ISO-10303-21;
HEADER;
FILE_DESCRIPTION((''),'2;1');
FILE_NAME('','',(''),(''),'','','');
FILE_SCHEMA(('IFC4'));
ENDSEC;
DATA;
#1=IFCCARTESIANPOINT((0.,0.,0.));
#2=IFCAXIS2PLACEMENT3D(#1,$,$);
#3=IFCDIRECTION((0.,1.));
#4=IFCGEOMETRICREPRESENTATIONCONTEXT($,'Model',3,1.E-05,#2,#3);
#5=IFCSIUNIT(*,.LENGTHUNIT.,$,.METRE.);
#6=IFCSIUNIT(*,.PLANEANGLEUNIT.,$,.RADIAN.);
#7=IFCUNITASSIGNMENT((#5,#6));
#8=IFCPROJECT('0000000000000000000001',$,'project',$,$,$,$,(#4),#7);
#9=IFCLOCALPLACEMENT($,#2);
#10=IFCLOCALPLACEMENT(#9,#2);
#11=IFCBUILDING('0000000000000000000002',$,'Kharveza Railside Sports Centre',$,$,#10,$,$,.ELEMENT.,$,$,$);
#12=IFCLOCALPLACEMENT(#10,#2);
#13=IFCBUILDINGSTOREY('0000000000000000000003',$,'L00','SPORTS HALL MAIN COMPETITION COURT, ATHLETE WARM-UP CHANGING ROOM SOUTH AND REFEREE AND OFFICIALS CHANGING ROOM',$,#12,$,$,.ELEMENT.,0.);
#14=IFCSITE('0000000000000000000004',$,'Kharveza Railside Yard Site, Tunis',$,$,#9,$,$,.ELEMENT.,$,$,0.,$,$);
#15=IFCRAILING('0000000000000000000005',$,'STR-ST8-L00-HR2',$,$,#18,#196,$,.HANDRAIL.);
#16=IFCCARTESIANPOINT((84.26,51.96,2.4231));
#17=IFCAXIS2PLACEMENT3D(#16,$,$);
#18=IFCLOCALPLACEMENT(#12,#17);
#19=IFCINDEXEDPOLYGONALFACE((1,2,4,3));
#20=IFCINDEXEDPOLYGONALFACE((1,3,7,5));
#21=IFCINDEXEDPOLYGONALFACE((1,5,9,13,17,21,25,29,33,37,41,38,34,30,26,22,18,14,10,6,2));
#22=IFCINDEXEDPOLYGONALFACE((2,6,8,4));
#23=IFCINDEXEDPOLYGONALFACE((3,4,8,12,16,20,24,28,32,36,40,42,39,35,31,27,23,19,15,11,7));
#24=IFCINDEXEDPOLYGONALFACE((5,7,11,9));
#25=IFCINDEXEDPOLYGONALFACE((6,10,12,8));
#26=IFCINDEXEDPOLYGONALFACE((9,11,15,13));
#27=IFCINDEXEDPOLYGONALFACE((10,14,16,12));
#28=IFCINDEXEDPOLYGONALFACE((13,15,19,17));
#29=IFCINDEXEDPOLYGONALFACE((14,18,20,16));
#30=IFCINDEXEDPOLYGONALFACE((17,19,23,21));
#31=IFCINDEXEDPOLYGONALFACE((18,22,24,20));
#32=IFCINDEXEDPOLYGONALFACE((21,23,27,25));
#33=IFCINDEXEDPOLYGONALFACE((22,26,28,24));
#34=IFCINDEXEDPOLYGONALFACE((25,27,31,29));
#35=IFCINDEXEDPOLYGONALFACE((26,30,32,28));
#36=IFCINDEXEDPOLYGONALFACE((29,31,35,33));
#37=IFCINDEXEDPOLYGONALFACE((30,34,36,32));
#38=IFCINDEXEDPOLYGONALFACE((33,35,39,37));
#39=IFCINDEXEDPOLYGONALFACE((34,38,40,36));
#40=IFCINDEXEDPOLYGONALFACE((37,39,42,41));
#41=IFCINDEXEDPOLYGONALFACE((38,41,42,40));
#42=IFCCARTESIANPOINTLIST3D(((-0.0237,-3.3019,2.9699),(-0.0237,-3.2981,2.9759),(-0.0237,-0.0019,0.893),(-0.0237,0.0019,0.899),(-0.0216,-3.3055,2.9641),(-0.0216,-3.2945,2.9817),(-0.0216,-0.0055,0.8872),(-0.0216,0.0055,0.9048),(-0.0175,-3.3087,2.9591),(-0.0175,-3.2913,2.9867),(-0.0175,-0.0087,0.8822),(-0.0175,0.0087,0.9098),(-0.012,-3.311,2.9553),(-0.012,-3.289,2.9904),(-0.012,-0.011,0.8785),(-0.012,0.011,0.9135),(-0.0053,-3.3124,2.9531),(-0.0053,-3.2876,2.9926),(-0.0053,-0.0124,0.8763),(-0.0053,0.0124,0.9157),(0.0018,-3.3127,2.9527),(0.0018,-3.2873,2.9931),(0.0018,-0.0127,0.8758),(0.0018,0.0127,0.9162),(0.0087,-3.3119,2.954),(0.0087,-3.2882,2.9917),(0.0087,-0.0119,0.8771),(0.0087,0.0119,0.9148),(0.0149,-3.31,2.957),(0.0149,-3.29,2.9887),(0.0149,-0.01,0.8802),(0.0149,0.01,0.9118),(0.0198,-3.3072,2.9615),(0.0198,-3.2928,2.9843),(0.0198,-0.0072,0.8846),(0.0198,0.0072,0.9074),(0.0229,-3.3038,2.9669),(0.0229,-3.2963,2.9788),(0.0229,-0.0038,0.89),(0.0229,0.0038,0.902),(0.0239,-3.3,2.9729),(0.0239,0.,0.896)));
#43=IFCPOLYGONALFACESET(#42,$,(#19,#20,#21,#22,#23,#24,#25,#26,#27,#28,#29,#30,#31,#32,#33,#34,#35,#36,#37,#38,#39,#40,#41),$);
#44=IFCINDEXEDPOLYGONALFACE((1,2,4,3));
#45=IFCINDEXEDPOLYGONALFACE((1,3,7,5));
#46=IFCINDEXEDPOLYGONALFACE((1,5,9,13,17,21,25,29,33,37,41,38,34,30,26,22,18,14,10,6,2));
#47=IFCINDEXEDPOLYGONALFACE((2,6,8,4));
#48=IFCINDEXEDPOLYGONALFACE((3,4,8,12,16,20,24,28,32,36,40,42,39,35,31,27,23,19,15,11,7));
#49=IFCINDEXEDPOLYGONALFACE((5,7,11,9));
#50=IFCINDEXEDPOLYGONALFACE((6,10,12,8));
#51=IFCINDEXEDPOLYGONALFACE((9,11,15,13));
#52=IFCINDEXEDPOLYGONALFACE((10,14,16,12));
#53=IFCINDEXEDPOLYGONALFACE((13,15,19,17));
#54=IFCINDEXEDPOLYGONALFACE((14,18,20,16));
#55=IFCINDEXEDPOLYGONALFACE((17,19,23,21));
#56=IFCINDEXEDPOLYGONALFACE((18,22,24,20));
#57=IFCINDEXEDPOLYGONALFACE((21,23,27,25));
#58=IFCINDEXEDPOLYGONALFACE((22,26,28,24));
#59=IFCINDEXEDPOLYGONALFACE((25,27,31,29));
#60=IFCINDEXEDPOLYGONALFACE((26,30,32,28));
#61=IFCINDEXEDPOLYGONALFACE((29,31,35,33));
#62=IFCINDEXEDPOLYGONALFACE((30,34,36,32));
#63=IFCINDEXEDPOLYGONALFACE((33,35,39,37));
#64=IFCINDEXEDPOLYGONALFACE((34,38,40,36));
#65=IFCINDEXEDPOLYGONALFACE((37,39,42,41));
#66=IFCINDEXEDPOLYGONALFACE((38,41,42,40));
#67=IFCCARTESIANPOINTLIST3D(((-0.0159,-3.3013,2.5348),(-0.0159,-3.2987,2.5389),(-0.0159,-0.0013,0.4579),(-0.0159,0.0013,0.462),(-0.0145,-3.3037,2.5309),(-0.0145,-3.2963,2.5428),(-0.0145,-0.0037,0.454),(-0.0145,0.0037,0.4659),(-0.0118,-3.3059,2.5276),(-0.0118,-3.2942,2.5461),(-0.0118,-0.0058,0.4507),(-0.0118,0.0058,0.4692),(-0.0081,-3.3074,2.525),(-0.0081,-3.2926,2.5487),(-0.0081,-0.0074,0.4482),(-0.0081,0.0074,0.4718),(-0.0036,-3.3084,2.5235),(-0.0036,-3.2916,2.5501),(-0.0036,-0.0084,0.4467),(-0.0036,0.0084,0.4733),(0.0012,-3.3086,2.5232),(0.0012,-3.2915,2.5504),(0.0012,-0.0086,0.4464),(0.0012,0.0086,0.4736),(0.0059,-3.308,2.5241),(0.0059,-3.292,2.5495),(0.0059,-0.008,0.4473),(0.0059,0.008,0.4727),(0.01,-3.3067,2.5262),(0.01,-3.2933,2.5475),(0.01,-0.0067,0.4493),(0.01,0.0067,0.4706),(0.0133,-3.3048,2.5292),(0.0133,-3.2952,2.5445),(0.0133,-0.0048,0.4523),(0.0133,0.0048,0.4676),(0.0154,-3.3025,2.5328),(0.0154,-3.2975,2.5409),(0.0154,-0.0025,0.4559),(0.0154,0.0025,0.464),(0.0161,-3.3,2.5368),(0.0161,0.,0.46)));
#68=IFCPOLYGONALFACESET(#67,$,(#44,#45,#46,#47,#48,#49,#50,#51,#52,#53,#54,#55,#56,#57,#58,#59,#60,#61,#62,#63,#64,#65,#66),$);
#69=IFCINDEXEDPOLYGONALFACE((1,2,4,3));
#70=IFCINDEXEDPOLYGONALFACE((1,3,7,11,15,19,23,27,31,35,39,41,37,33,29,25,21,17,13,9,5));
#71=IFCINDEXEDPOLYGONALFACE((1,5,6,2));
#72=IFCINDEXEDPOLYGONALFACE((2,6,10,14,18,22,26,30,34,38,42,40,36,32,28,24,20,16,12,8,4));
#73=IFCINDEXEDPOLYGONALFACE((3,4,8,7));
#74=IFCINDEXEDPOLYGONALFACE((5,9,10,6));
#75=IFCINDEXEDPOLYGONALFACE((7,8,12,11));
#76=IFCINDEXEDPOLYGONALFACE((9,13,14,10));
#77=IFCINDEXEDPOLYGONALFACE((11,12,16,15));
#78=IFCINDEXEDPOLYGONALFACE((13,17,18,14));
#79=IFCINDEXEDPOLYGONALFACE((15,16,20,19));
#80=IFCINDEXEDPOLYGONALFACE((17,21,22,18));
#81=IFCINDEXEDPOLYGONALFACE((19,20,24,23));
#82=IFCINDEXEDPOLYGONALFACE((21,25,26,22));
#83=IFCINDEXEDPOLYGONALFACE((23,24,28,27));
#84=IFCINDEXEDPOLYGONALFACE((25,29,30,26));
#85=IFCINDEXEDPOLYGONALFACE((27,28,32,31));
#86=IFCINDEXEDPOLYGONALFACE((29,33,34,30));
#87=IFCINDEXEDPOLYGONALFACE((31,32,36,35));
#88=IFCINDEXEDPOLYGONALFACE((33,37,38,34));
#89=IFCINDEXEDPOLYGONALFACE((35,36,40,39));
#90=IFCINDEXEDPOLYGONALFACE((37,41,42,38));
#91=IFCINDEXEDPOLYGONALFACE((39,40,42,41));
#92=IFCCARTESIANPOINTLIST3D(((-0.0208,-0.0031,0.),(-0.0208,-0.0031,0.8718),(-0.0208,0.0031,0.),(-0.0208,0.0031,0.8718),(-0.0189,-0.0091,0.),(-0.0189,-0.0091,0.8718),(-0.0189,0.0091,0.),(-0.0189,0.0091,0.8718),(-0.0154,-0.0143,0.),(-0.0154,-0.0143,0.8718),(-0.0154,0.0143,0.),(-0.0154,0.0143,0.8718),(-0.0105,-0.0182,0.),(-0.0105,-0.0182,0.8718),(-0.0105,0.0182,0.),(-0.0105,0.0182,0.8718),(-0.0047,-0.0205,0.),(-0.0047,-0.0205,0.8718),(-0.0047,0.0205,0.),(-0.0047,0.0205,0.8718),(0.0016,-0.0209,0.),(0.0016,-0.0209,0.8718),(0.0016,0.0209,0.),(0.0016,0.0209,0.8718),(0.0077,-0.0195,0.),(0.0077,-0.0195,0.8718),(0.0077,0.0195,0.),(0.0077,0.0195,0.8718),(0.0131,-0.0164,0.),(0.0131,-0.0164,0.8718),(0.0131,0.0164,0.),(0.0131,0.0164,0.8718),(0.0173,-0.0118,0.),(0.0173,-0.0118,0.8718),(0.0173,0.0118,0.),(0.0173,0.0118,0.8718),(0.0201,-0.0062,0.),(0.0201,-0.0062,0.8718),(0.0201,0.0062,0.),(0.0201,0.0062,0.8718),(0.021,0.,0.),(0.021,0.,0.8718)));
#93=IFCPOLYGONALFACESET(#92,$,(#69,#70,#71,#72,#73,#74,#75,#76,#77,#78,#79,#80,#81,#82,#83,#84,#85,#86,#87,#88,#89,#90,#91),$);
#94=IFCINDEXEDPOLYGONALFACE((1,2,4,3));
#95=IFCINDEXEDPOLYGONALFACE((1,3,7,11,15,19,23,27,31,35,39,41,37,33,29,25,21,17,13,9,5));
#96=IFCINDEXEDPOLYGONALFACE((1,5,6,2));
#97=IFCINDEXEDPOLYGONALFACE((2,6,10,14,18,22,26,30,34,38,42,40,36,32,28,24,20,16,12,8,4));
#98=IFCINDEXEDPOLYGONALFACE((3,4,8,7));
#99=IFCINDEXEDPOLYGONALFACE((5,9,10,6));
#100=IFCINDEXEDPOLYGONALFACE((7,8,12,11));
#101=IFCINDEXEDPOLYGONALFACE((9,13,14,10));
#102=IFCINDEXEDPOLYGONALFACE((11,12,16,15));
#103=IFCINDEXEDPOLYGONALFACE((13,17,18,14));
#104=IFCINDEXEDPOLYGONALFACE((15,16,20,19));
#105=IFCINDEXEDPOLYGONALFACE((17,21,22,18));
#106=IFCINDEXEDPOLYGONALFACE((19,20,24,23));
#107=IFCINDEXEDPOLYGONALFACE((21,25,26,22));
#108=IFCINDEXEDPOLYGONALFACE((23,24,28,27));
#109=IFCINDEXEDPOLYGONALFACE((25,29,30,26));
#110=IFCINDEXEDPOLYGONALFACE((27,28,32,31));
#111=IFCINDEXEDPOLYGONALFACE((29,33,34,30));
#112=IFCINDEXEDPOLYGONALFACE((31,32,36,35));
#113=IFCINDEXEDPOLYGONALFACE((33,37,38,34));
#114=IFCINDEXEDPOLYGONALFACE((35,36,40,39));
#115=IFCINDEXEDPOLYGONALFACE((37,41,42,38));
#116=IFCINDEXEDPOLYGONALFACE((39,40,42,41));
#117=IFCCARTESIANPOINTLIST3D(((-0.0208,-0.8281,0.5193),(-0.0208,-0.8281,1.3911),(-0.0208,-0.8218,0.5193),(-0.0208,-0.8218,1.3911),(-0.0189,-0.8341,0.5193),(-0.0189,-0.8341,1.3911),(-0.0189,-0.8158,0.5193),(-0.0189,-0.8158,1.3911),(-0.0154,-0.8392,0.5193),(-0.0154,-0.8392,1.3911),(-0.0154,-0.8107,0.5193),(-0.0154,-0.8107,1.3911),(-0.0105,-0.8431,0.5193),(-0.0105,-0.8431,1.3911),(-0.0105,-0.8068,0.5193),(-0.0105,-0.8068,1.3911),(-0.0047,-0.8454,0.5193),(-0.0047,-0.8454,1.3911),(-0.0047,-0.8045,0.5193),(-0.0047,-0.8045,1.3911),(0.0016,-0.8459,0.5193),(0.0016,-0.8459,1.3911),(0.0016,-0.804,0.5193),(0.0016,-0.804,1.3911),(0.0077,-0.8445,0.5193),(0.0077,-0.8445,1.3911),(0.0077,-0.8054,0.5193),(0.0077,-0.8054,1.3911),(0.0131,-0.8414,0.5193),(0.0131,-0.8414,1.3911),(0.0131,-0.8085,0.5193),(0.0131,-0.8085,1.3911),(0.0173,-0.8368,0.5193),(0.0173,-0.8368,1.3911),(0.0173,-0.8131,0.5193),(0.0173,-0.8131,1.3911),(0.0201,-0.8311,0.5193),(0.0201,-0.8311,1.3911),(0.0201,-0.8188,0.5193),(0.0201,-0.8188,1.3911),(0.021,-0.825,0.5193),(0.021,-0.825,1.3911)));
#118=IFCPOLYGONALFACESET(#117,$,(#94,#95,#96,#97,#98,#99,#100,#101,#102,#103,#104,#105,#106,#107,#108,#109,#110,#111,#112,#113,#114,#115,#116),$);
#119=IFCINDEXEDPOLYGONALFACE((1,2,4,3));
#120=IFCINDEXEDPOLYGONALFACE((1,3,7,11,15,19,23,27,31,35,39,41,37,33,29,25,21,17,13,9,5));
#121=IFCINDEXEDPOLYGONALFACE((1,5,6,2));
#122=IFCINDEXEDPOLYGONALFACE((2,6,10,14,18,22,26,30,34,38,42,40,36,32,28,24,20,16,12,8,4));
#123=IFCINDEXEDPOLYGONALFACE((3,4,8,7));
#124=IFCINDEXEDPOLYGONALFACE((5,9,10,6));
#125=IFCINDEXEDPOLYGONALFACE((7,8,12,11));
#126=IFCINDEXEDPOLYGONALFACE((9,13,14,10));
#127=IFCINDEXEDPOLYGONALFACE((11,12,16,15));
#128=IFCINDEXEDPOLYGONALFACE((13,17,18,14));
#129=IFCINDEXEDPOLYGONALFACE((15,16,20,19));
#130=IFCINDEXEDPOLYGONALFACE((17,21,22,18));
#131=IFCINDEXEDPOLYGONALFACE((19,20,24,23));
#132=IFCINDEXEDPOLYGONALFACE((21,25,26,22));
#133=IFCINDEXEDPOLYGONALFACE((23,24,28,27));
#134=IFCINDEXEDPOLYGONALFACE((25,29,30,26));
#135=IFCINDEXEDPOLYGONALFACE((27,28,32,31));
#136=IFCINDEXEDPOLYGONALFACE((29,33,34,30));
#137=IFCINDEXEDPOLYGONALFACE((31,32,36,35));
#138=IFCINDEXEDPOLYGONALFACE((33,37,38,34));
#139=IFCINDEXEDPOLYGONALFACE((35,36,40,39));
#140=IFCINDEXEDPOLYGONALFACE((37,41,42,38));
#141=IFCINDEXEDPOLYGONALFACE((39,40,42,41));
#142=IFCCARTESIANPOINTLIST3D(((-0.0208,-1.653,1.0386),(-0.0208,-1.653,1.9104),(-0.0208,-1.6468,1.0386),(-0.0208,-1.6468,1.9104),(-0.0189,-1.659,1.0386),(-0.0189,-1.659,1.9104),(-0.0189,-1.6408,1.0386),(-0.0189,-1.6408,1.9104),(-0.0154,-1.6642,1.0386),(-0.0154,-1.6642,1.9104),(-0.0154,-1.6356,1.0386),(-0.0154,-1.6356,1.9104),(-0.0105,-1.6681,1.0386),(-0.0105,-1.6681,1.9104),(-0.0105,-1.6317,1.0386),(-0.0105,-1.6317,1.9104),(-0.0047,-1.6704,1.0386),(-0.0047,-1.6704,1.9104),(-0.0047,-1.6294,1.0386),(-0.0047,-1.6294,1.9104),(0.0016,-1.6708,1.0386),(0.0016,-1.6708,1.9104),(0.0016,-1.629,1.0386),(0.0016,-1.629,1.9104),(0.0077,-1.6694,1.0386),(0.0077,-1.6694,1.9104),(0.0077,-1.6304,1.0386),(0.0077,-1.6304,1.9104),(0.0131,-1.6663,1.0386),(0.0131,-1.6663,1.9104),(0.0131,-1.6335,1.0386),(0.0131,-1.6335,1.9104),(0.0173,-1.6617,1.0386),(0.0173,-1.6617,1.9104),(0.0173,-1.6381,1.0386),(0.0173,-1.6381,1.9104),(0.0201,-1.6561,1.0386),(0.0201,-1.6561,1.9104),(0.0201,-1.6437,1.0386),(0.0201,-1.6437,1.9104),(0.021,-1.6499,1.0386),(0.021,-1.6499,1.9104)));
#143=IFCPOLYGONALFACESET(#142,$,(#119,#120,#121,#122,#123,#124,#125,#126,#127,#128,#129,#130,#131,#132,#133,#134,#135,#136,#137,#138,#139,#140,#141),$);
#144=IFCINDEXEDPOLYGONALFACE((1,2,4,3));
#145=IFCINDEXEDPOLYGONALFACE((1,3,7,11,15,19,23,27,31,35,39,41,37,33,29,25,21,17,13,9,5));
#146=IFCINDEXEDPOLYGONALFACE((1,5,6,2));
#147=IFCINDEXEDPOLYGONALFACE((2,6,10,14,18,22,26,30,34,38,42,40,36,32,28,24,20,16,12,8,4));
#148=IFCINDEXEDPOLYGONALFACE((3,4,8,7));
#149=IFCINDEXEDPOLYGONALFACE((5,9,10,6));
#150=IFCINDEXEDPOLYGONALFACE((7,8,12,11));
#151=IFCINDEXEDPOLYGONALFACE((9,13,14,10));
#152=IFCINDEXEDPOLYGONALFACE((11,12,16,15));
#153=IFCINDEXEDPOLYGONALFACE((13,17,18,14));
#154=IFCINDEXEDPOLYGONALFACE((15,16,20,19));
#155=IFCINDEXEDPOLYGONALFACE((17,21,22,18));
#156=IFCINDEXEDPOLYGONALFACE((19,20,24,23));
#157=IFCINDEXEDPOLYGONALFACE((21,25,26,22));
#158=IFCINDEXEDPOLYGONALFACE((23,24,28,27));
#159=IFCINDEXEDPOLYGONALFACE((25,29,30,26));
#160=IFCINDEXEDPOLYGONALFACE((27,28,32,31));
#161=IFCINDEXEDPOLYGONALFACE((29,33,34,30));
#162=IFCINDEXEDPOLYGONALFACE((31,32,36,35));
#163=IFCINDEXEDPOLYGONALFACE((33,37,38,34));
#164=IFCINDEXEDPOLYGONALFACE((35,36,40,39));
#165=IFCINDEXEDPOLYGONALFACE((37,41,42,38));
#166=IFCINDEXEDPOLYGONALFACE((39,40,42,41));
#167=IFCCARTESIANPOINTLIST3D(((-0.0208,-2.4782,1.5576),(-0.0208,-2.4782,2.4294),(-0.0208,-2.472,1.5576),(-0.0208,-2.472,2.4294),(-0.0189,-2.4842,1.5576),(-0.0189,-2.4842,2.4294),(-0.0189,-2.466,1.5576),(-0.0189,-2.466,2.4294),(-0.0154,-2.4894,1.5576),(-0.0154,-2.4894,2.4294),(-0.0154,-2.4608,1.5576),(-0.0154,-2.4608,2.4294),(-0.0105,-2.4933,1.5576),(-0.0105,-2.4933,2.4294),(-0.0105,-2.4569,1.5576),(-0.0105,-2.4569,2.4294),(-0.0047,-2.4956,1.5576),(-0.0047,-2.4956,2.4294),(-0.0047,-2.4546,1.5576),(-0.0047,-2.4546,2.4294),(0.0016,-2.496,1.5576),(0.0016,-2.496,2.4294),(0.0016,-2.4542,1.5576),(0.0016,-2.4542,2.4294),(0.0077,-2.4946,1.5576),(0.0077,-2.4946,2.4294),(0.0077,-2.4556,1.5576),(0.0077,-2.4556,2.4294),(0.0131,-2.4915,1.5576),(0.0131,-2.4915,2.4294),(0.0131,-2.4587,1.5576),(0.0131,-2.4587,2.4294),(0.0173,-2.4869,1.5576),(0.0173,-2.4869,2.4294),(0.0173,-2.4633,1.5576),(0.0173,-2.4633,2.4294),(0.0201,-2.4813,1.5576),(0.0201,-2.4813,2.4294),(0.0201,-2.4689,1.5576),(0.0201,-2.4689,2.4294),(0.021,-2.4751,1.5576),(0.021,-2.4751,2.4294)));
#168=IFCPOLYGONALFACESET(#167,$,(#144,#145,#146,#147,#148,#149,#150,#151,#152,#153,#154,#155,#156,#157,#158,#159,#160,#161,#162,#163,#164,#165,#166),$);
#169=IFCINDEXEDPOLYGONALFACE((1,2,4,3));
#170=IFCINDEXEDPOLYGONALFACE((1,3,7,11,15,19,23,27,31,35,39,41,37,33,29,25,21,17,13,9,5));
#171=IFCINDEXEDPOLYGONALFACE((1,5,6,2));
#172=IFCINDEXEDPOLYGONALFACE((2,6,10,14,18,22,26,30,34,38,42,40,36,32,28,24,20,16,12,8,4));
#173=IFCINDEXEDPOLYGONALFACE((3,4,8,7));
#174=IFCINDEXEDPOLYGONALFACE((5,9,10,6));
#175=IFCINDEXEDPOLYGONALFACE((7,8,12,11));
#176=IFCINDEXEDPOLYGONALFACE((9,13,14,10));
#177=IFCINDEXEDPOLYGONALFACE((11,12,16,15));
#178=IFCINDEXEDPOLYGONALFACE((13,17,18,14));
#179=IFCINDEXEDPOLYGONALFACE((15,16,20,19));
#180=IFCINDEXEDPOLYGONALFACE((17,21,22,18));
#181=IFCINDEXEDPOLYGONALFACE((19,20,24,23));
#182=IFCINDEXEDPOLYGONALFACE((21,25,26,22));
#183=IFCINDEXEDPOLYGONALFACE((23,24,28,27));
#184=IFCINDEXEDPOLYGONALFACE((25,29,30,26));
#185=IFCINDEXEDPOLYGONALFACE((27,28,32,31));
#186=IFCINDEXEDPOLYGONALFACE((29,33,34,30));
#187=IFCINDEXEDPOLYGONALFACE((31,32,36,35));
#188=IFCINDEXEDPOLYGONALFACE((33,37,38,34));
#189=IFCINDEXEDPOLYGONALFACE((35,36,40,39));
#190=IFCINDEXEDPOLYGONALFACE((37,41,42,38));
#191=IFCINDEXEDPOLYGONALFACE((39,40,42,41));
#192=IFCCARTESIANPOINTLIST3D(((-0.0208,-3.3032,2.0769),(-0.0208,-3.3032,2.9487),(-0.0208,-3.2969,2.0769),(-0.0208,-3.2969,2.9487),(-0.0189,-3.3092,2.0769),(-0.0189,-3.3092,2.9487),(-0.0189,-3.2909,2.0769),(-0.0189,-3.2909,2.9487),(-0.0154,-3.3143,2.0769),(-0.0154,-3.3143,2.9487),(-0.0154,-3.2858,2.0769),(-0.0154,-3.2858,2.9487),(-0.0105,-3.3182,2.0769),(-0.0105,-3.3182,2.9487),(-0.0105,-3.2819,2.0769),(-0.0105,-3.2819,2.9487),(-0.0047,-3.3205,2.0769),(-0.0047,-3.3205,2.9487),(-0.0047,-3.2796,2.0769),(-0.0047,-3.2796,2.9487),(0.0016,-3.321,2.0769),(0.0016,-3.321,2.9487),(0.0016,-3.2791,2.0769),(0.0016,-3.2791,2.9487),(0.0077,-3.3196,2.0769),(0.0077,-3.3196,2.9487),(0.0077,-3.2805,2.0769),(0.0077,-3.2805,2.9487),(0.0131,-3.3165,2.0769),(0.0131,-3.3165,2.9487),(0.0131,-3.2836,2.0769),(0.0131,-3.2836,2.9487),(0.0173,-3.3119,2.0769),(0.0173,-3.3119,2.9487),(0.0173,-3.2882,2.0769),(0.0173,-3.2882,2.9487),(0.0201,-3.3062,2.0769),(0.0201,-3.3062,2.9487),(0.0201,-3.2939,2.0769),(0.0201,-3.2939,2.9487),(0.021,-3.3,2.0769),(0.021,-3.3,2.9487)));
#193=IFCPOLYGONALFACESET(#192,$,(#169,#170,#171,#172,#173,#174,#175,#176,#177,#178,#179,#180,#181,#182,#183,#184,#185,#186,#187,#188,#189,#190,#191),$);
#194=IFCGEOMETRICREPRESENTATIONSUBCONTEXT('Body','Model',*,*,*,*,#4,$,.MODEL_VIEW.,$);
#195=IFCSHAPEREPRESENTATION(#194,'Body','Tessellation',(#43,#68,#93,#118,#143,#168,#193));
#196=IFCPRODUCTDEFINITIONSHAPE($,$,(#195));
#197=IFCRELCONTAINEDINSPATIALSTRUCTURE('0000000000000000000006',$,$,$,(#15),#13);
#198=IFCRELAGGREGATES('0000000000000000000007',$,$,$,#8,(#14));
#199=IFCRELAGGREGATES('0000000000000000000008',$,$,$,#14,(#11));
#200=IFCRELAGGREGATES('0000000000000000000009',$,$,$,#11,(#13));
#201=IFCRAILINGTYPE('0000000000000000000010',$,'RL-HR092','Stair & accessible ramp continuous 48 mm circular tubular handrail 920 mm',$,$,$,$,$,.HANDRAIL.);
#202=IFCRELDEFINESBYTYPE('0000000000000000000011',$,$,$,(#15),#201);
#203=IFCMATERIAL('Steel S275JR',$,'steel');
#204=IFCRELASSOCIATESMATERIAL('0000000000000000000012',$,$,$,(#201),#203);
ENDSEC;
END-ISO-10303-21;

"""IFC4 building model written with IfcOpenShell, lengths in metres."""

from ifc_helpers import new_model, si_unit, direction, frame, origin, origin_2d, place, context, subcontext, project, spatial, circle, extrude, material, type_object, element, save


model = new_model("IFC4")

# Units and contexts
model_context = context("Model", 3, precision=1e-05, world=origin(), true_north=direction((0.0, 1.0)))
body_context = subcontext(model_context, "Body", "Model", "MODEL_VIEW")
ifc_project = project(units=[si_unit("LENGTHUNIT", "METRE"), si_unit("PLANEANGLEUNIT", "RADIAN")], contexts=[model_context])

# Site, building, storey
site_placement = place(None, origin())
site = spatial("IfcSite", under=ifc_project, at=site_placement, Name="Kharveza Railside Yard Site, Tunis", CompositionType="ELEMENT", RefElevation=0.0)
building_placement = place(site_placement, origin())
building = spatial("IfcBuilding", under=site, at=building_placement, Name="Kharveza Railside Sports Centre", CompositionType="ELEMENT")
storey_placement = place(building_placement, origin())
storey = spatial("IfcBuildingStorey", under=building, at=storey_placement, Name="L00", Description="SPORTS HALL MAIN COMPETITION COURT, ATHLETE WARM-UP CHANGING ROOM SOUTH AND REFEREE AND OFFICIALS CHANGING ROOM", CompositionType="ELEMENT", Elevation=0.0)

# Railing
ifc_material_1 = material(Name="Steel S275JR", Category="steel")
railing_type_1 = type_object("IfcRailingType", Name="RL-HR092", Description="Stair & accessible ramp continuous 48 mm circular tubular handrail 920 mm", PredefinedType="HANDRAIL", material=ifc_material_1)
railing_1_placement = place(storey_placement, frame((84.26, 51.96, 2.4231)))
element("IfcRailing", 1, at=railing_1_placement, inside=storey, type_object=railing_type_1, Name="STR-ST8-L00-HR2", PredefinedType="HANDRAIL", context=body_context, shape_type="SweptSolid", body=[
    extrude(circle(Radius=0.0239, at=origin_2d()), frame((0.0, 0.0, 0.896), z_axis=(0.0, -0.846337, 0.532647), x_axis=(1.0, 0.0, 0.0)), (0.0, 0.0, 1.0), 3.8992),
    extrude(circle(Radius=0.0161, at=origin_2d()), frame((0.0, 0.0, 0.46), z_axis=(0.0, -0.846337, 0.532647), x_axis=(1.0, 0.0, 0.0)), (0.0, 0.0, 1.0), 3.8992),
    extrude(circle(Radius=0.021, at=origin_2d()), origin(), (0.0, 0.0, 1.0), 0.8718),
    extrude(circle(Radius=0.021, at=origin_2d()), frame((0.0, -0.825, 0.5193)), (0.0, 0.0, 1.0), 0.8718),
    extrude(circle(Radius=0.021, at=origin_2d()), frame((0.0, -1.6499, 1.0386)), (0.0, 0.0, 1.0), 0.8718),
    extrude(circle(Radius=0.021, at=origin_2d()), frame((0.0, -2.4751, 1.5576)), (0.0, 0.0, 1.0), 0.8718),
    extrude(circle(Radius=0.021, at=origin_2d()), frame((0.0, -3.3, 2.0769)), (0.0, 0.0, 1.0), 0.8718),
])

save(model, "model.ifc")
